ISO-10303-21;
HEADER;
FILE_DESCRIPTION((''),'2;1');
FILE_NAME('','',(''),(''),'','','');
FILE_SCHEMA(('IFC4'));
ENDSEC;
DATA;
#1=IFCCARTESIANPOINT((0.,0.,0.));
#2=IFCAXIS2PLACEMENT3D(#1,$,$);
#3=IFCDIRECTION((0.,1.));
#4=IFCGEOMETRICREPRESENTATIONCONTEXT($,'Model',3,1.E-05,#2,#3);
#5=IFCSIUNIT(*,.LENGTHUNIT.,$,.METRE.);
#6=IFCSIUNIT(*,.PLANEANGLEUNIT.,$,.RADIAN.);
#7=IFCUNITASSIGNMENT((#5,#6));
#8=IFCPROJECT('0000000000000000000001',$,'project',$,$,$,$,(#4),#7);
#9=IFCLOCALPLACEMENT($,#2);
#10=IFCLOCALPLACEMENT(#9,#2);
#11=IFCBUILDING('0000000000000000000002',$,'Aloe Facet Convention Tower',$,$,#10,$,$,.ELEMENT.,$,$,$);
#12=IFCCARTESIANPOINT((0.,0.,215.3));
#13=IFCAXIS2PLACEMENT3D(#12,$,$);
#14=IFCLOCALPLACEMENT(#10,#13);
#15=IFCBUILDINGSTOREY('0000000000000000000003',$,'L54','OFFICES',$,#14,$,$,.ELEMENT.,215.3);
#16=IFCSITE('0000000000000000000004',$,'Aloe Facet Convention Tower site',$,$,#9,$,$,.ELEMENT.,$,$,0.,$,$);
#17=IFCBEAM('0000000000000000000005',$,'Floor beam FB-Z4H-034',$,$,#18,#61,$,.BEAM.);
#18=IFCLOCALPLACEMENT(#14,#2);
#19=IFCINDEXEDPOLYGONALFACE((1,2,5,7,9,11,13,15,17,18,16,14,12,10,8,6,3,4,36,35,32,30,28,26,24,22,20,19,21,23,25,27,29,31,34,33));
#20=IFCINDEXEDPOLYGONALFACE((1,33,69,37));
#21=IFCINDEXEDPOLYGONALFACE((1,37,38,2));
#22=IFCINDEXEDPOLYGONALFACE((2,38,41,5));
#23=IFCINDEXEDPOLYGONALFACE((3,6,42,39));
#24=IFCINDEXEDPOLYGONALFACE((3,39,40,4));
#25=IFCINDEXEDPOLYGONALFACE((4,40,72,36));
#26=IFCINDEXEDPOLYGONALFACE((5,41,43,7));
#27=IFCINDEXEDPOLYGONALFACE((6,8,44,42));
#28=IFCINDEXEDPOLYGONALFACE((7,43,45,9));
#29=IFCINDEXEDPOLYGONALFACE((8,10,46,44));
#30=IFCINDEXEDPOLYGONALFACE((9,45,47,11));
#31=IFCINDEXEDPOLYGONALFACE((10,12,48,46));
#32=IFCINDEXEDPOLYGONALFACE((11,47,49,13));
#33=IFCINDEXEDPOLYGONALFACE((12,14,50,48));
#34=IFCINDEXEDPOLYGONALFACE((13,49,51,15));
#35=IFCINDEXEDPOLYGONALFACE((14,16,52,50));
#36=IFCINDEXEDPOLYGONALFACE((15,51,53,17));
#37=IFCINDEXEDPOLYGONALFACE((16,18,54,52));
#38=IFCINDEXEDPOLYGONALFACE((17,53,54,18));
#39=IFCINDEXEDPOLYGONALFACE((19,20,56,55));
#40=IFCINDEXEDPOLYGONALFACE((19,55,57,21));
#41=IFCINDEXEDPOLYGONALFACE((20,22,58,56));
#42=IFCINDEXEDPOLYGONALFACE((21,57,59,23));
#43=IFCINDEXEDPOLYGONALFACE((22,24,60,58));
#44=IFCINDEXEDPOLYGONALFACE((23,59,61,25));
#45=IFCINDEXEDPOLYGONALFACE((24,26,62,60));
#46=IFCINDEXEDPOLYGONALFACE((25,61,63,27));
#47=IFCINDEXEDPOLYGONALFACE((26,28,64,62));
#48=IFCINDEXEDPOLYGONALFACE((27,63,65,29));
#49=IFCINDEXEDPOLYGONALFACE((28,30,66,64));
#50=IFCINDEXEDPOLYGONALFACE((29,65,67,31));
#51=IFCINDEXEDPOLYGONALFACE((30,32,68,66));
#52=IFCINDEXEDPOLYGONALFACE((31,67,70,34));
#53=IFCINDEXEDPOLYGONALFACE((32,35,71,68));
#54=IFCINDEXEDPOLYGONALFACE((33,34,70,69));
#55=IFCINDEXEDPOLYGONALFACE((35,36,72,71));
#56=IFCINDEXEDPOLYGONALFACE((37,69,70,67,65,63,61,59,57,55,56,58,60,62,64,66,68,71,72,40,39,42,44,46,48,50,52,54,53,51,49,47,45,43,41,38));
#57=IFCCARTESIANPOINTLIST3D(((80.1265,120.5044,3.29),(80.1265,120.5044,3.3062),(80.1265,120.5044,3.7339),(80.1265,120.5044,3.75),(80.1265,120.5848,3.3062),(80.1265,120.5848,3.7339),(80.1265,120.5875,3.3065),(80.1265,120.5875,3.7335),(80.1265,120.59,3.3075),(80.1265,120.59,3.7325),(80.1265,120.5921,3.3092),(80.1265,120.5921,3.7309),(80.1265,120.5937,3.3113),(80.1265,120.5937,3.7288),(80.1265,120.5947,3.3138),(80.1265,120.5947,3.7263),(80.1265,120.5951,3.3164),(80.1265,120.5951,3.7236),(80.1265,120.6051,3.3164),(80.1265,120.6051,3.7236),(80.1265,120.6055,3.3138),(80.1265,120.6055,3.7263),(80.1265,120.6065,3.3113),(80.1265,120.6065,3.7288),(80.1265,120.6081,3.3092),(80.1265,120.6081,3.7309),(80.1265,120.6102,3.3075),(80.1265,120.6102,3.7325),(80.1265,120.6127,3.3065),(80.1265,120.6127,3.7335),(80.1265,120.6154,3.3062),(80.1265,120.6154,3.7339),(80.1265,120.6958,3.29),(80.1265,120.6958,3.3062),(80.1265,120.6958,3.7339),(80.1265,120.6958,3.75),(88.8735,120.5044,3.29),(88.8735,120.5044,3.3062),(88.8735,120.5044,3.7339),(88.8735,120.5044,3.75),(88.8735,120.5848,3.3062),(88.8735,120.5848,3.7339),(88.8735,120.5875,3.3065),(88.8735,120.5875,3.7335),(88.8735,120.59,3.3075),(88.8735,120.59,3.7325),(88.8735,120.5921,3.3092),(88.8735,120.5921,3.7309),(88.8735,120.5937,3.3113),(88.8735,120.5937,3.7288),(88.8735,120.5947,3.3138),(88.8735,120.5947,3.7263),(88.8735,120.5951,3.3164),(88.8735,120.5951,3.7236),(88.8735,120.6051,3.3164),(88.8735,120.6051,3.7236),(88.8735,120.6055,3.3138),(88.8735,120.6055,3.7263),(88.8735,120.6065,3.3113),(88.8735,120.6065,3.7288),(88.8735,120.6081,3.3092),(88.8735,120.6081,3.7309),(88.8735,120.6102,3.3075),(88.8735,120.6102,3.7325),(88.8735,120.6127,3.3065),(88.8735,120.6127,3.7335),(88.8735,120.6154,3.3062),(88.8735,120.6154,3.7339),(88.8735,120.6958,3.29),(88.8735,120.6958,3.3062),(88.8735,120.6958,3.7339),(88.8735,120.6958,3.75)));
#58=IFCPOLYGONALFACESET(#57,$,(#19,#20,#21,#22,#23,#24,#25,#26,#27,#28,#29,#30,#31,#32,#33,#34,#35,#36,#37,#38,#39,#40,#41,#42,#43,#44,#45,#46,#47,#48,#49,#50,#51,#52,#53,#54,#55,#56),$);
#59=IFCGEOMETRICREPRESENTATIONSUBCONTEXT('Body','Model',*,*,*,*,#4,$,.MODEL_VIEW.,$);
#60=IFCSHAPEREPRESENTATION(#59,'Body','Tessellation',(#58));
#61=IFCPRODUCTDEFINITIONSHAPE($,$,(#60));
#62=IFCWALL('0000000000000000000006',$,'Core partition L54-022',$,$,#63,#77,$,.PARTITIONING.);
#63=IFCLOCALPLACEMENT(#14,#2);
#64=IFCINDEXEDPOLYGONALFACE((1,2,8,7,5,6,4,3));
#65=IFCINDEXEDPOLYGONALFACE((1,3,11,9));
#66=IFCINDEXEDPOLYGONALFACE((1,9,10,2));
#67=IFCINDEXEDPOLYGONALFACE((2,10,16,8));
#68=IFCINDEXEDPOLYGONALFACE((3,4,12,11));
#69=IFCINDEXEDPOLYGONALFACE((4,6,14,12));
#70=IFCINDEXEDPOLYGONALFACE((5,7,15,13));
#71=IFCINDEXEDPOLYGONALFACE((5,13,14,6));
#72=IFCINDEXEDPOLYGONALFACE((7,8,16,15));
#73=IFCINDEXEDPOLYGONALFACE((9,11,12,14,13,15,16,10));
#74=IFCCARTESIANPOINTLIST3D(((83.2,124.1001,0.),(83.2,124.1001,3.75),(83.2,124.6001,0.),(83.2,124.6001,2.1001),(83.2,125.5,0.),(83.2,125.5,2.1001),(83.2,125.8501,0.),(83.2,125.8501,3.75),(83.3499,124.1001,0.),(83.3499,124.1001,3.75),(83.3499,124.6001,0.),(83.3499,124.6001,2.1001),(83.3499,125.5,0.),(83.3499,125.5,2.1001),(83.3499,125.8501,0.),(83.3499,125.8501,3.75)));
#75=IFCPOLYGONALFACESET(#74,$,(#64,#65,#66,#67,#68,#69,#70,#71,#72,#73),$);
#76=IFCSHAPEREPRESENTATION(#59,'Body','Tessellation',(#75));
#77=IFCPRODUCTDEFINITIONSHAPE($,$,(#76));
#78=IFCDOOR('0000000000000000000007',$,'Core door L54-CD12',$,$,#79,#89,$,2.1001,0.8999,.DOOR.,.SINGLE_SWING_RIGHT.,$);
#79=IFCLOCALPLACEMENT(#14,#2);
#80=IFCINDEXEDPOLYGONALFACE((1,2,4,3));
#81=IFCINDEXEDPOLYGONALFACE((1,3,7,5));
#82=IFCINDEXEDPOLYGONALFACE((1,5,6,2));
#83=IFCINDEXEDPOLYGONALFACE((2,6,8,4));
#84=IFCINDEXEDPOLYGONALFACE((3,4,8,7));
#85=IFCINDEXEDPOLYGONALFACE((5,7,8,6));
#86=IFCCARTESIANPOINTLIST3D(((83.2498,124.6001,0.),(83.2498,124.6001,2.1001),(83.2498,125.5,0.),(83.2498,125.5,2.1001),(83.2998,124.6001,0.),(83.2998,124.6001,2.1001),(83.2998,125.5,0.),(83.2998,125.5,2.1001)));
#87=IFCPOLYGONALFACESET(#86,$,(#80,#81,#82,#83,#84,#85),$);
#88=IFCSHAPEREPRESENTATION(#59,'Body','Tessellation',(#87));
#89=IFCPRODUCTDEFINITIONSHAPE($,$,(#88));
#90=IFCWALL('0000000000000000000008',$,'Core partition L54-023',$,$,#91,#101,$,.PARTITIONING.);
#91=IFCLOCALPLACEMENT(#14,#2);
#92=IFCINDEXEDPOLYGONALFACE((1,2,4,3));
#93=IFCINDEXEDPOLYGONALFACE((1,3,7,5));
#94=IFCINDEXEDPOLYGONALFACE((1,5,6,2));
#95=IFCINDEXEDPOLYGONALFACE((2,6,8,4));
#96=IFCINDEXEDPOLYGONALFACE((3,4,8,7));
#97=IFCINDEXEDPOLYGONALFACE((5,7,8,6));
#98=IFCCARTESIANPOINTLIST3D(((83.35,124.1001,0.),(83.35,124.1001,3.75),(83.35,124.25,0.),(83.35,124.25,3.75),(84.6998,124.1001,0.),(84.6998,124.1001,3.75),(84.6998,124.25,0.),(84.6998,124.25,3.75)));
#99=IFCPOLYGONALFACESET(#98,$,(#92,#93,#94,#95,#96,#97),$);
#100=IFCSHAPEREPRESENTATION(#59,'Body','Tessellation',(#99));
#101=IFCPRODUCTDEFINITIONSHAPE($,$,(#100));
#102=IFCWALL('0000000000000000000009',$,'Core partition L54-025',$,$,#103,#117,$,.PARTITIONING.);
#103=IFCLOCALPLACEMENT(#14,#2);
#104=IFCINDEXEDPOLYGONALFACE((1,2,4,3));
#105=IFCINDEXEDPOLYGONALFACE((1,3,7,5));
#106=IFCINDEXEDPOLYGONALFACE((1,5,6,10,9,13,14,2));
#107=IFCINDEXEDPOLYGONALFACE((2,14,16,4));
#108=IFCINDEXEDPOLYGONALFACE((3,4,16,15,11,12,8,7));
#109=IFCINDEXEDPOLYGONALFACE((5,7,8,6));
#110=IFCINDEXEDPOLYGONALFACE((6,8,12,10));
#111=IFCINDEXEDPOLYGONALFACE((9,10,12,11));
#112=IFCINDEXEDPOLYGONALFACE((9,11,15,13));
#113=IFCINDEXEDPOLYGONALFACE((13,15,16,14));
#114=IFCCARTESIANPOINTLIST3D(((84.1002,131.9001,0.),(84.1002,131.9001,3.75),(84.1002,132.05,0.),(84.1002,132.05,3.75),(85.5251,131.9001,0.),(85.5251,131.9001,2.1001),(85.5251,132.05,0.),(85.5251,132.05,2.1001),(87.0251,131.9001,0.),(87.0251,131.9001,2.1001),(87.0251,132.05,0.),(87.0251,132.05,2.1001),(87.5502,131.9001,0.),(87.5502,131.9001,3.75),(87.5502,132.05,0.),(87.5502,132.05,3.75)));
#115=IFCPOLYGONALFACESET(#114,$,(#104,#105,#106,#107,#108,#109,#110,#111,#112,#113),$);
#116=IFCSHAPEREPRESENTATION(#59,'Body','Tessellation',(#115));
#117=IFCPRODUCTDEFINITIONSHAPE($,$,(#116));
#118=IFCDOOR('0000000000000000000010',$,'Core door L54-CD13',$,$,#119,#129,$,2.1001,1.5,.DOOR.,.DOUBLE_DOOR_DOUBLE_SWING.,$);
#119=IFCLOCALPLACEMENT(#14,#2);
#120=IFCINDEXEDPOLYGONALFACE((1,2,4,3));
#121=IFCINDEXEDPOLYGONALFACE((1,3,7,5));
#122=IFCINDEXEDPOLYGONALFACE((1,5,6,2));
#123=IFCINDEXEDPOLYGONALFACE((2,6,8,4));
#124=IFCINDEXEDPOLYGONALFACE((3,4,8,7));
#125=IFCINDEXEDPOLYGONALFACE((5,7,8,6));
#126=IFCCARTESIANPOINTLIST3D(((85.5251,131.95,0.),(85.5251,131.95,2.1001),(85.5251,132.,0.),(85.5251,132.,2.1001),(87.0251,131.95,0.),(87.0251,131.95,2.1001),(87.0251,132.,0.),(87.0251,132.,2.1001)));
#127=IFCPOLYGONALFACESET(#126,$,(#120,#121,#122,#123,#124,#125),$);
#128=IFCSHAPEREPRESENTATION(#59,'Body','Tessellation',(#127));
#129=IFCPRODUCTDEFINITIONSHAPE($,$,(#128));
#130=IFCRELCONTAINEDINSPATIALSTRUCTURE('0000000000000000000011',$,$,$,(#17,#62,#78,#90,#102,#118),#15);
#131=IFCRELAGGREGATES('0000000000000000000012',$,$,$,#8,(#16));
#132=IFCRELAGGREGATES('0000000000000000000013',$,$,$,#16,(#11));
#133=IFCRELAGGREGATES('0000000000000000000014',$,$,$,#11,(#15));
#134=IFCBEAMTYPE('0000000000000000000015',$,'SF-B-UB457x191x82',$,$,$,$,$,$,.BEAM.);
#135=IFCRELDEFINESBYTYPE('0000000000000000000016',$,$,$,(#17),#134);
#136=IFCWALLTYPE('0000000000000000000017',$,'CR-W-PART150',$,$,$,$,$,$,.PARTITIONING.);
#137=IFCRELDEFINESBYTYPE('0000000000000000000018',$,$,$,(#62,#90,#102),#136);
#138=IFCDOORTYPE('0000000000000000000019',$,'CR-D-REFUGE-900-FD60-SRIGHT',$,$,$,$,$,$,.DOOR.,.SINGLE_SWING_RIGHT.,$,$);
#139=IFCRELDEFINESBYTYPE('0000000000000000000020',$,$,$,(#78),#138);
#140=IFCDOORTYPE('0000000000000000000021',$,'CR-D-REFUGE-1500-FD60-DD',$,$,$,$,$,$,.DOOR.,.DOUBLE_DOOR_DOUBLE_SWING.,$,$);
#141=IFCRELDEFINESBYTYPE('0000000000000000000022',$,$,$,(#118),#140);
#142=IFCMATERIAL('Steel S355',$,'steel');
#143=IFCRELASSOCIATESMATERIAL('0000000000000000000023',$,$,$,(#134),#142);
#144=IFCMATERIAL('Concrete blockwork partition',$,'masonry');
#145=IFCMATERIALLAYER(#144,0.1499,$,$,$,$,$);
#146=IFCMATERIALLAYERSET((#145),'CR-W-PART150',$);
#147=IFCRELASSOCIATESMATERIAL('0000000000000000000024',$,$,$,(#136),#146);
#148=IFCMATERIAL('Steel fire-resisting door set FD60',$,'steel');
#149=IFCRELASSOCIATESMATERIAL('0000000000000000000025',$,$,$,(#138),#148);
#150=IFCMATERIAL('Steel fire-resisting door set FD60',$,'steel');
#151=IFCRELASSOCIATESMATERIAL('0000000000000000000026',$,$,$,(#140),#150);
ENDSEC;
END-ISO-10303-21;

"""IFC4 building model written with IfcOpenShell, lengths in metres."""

from ifc_helpers import new_model, si_unit, direction, frame, frame_2d, origin, origin_2d, place, context, subcontext, project, spatial, rectangle, i_section, extrude, material, layer, layer_set, material_profile, profile_set, type_object, element, fill, save


model = new_model("IFC4")

# Units and contexts
model_context = context("Model", 3, precision=1e-05, world=origin(), true_north=direction((0.0, 1.0)))
body_context = subcontext(model_context, "Body", "Model", "MODEL_VIEW")
ifc_project = project(units=[si_unit("LENGTHUNIT", "METRE"), si_unit("PLANEANGLEUNIT", "RADIAN")], contexts=[model_context])

# Site, building, storey
site_placement = place(None, origin())
site = spatial("IfcSite", under=ifc_project, at=site_placement, Name="Aloe Facet Convention Tower site", CompositionType="ELEMENT", RefElevation=0.0)
building_placement = place(site_placement, origin())
building = spatial("IfcBuilding", under=site, at=building_placement, Name="Aloe Facet Convention Tower", CompositionType="ELEMENT")
storey_placement = place(building_placement, frame((0.0, 0.0, 215.3)))
storey = spatial("IfcBuildingStorey", under=building, at=storey_placement, Name="L54", Description="OFFICES", CompositionType="ELEMENT", Elevation=215.3)

# Beam
ifc_material_1 = material(Name="Steel S355", Category="steel")
ifc_material_profile = material_profile(ifc_material_1, i_section(OverallWidth=0.1914, OverallDepth=0.46, WebThickness=0.01, FlangeThickness=0.0161, FilletRadius=0.0103, at=origin_2d()), Name="UB 457x191x82")
ifc_profile_set = profile_set([ifc_material_profile], Name="Steel S355")
beam_type = type_object("IfcBeamType", Name="SF-B-UB457x191x82", PredefinedType="BEAM", material=ifc_profile_set)
beam_placement = place(storey_placement, frame((80.1265, 120.6001, 3.52), z_axis=(1.0, 0.0, 0.0), x_axis=(0.0, 1.0, 0.0)))
element("IfcBeam", 1, at=beam_placement, inside=storey, type_object=beam_type, Name="Floor beam FB-Z4H-034", PredefinedType="BEAM", context=body_context, shape_type="SweptSolid", body=[
    extrude(i_section(OverallWidth=0.1914, OverallDepth=0.46, WebThickness=0.01, FlangeThickness=0.0161, FilletRadius=0.0103, at=origin_2d()), origin(), (0.0, 0.0, 1.0), 8.7471),
])

# Wall, opening, door
ifc_material_2 = material(Name="Concrete blockwork partition", Category="masonry")
ifc_layer_1 = layer(ifc_material_2, 0.1499)
ifc_layer_set_1 = layer_set([ifc_layer_1], Name="CR-W-PART150")
wall_type_1 = type_object("IfcWallType", Name="CR-W-PART150", PredefinedType="PARTITIONING", material=ifc_layer_set_1)
wall_1_placement = place(storey_placement, frame((83.2749, 125.8501, 0.0), z_axis=(0.0, 0.0, 1.0), x_axis=(0.0, -1.0, 0.0)))
wall_1 = element("IfcWall", 2, at=wall_1_placement, inside=storey, type_object=wall_type_1, Name="Core partition L54-022", PredefinedType="PARTITIONING", context=body_context, shape_type="SweptSolid", body=[
    extrude(rectangle(XDim=1.75, YDim=0.1499, at=frame_2d((0.875, 0.0))), origin(), (0.0, 0.0, 1.0), 3.75),
])
opening_1_placement = place(wall_1_placement, frame((0.3501, 0.0, 0.0)))
opening_1 = element("IfcOpeningElement", 3, at=opening_1_placement, cuts=wall_1, PredefinedType="OPENING", context=body_context, shape_type="SweptSolid", body=[
    extrude(rectangle(XDim=0.8999, YDim=2.1001, at=frame_2d((0.45, 1.05))), frame((0.0, 0.085, 0.0), z_axis=(0.0, -1.0, 0.0), x_axis=(1.0, 0.0, 0.0)), (0.0, 0.0, 1.0), 0.1699),
])
ifc_material_3 = material(Name="Steel fire-resisting door set FD60", Category="steel")
door_type_1 = type_object("IfcDoorType", Name="CR-D-REFUGE-900-FD60-SRIGHT", OperationType="SINGLE_SWING_RIGHT", PredefinedType="DOOR", material=ifc_material_3)
door_1_placement = place(opening_1_placement, origin())
door_1 = element("IfcDoor", 4, at=door_1_placement, inside=storey, type_object=door_type_1, Name="Core door L54-CD12", OperationType="SINGLE_SWING_RIGHT", OverallHeight=2.1001, OverallWidth=0.8999, PredefinedType="DOOR", context=body_context, shape_type="SweptSolid", body=[
    extrude(rectangle(XDim=0.8999, YDim=2.1001, at=frame_2d((0.45, 1.05))), frame((0.0, 0.0249, 0.0), z_axis=(0.0, -1.0, 0.0), x_axis=(1.0, 0.0, 0.0)), (0.0, 0.0, 1.0), 0.05),
])
fill(opening_1, door_1)

# Wall
wall_2_placement = place(storey_placement, frame((83.3501, 124.175, 0.0), z_axis=(0.0, 0.0, 1.0), x_axis=(1.0, 0.0, 0.0)))
element("IfcWall", 5, at=wall_2_placement, inside=storey, type_object=wall_type_1, Name="Core partition L54-023", PredefinedType="PARTITIONING", context=body_context, shape_type="SweptSolid", body=[
    extrude(rectangle(XDim=1.3499, YDim=0.1499, at=frame_2d((0.6748, 0.0))), origin(), (0.0, 0.0, 1.0), 3.75),
])

# Wall, opening, door
wall_3_placement = place(storey_placement, frame((84.1001, 131.9751, 0.0), z_axis=(0.0, 0.0, 1.0), x_axis=(1.0, 0.0, 0.0)))
wall_3 = element("IfcWall", 6, at=wall_3_placement, inside=storey, type_object=wall_type_1, Name="Core partition L54-025", PredefinedType="PARTITIONING", context=body_context, shape_type="SweptSolid", body=[
    extrude(rectangle(XDim=3.45, YDim=0.1499, at=frame_2d((1.7251, 0.0))), origin(), (0.0, 0.0, 1.0), 3.75),
])
opening_2_placement = place(wall_3_placement, frame((1.425, 0.0, 0.0)))
opening_2 = element("IfcOpeningElement", 7, at=opening_2_placement, cuts=wall_3, PredefinedType="OPENING", context=body_context, shape_type="SweptSolid", body=[
    extrude(rectangle(XDim=1.5, YDim=2.1001, at=frame_2d((0.75, 1.05))), frame((0.0, 0.085, 0.0), z_axis=(0.0, -1.0, 0.0), x_axis=(1.0, 0.0, 0.0)), (0.0, 0.0, 1.0), 0.1699),
])
ifc_material_4 = material(Name="Steel fire-resisting door set FD60", Category="steel")
door_type_2 = type_object("IfcDoorType", Name="CR-D-REFUGE-1500-FD60-DD", OperationType="DOUBLE_DOOR_DOUBLE_SWING", PredefinedType="DOOR", material=ifc_material_4)
door_2_placement = place(opening_2_placement, origin())
door_2 = element("IfcDoor", 8, at=door_2_placement, inside=storey, type_object=door_type_2, Name="Core door L54-CD13", OperationType="DOUBLE_DOOR_DOUBLE_SWING", OverallHeight=2.1001, OverallWidth=1.5, PredefinedType="DOOR", context=body_context, shape_type="SweptSolid", body=[
    extrude(rectangle(XDim=1.5, YDim=2.1001, at=frame_2d((0.75, 1.05))), frame((0.0, 0.0249, 0.0), z_axis=(0.0, -1.0, 0.0), x_axis=(1.0, 0.0, 0.0)), (0.0, 0.0, 1.0), 0.05),
])
fill(opening_2, door_2)

save(model, "model.ifc")
